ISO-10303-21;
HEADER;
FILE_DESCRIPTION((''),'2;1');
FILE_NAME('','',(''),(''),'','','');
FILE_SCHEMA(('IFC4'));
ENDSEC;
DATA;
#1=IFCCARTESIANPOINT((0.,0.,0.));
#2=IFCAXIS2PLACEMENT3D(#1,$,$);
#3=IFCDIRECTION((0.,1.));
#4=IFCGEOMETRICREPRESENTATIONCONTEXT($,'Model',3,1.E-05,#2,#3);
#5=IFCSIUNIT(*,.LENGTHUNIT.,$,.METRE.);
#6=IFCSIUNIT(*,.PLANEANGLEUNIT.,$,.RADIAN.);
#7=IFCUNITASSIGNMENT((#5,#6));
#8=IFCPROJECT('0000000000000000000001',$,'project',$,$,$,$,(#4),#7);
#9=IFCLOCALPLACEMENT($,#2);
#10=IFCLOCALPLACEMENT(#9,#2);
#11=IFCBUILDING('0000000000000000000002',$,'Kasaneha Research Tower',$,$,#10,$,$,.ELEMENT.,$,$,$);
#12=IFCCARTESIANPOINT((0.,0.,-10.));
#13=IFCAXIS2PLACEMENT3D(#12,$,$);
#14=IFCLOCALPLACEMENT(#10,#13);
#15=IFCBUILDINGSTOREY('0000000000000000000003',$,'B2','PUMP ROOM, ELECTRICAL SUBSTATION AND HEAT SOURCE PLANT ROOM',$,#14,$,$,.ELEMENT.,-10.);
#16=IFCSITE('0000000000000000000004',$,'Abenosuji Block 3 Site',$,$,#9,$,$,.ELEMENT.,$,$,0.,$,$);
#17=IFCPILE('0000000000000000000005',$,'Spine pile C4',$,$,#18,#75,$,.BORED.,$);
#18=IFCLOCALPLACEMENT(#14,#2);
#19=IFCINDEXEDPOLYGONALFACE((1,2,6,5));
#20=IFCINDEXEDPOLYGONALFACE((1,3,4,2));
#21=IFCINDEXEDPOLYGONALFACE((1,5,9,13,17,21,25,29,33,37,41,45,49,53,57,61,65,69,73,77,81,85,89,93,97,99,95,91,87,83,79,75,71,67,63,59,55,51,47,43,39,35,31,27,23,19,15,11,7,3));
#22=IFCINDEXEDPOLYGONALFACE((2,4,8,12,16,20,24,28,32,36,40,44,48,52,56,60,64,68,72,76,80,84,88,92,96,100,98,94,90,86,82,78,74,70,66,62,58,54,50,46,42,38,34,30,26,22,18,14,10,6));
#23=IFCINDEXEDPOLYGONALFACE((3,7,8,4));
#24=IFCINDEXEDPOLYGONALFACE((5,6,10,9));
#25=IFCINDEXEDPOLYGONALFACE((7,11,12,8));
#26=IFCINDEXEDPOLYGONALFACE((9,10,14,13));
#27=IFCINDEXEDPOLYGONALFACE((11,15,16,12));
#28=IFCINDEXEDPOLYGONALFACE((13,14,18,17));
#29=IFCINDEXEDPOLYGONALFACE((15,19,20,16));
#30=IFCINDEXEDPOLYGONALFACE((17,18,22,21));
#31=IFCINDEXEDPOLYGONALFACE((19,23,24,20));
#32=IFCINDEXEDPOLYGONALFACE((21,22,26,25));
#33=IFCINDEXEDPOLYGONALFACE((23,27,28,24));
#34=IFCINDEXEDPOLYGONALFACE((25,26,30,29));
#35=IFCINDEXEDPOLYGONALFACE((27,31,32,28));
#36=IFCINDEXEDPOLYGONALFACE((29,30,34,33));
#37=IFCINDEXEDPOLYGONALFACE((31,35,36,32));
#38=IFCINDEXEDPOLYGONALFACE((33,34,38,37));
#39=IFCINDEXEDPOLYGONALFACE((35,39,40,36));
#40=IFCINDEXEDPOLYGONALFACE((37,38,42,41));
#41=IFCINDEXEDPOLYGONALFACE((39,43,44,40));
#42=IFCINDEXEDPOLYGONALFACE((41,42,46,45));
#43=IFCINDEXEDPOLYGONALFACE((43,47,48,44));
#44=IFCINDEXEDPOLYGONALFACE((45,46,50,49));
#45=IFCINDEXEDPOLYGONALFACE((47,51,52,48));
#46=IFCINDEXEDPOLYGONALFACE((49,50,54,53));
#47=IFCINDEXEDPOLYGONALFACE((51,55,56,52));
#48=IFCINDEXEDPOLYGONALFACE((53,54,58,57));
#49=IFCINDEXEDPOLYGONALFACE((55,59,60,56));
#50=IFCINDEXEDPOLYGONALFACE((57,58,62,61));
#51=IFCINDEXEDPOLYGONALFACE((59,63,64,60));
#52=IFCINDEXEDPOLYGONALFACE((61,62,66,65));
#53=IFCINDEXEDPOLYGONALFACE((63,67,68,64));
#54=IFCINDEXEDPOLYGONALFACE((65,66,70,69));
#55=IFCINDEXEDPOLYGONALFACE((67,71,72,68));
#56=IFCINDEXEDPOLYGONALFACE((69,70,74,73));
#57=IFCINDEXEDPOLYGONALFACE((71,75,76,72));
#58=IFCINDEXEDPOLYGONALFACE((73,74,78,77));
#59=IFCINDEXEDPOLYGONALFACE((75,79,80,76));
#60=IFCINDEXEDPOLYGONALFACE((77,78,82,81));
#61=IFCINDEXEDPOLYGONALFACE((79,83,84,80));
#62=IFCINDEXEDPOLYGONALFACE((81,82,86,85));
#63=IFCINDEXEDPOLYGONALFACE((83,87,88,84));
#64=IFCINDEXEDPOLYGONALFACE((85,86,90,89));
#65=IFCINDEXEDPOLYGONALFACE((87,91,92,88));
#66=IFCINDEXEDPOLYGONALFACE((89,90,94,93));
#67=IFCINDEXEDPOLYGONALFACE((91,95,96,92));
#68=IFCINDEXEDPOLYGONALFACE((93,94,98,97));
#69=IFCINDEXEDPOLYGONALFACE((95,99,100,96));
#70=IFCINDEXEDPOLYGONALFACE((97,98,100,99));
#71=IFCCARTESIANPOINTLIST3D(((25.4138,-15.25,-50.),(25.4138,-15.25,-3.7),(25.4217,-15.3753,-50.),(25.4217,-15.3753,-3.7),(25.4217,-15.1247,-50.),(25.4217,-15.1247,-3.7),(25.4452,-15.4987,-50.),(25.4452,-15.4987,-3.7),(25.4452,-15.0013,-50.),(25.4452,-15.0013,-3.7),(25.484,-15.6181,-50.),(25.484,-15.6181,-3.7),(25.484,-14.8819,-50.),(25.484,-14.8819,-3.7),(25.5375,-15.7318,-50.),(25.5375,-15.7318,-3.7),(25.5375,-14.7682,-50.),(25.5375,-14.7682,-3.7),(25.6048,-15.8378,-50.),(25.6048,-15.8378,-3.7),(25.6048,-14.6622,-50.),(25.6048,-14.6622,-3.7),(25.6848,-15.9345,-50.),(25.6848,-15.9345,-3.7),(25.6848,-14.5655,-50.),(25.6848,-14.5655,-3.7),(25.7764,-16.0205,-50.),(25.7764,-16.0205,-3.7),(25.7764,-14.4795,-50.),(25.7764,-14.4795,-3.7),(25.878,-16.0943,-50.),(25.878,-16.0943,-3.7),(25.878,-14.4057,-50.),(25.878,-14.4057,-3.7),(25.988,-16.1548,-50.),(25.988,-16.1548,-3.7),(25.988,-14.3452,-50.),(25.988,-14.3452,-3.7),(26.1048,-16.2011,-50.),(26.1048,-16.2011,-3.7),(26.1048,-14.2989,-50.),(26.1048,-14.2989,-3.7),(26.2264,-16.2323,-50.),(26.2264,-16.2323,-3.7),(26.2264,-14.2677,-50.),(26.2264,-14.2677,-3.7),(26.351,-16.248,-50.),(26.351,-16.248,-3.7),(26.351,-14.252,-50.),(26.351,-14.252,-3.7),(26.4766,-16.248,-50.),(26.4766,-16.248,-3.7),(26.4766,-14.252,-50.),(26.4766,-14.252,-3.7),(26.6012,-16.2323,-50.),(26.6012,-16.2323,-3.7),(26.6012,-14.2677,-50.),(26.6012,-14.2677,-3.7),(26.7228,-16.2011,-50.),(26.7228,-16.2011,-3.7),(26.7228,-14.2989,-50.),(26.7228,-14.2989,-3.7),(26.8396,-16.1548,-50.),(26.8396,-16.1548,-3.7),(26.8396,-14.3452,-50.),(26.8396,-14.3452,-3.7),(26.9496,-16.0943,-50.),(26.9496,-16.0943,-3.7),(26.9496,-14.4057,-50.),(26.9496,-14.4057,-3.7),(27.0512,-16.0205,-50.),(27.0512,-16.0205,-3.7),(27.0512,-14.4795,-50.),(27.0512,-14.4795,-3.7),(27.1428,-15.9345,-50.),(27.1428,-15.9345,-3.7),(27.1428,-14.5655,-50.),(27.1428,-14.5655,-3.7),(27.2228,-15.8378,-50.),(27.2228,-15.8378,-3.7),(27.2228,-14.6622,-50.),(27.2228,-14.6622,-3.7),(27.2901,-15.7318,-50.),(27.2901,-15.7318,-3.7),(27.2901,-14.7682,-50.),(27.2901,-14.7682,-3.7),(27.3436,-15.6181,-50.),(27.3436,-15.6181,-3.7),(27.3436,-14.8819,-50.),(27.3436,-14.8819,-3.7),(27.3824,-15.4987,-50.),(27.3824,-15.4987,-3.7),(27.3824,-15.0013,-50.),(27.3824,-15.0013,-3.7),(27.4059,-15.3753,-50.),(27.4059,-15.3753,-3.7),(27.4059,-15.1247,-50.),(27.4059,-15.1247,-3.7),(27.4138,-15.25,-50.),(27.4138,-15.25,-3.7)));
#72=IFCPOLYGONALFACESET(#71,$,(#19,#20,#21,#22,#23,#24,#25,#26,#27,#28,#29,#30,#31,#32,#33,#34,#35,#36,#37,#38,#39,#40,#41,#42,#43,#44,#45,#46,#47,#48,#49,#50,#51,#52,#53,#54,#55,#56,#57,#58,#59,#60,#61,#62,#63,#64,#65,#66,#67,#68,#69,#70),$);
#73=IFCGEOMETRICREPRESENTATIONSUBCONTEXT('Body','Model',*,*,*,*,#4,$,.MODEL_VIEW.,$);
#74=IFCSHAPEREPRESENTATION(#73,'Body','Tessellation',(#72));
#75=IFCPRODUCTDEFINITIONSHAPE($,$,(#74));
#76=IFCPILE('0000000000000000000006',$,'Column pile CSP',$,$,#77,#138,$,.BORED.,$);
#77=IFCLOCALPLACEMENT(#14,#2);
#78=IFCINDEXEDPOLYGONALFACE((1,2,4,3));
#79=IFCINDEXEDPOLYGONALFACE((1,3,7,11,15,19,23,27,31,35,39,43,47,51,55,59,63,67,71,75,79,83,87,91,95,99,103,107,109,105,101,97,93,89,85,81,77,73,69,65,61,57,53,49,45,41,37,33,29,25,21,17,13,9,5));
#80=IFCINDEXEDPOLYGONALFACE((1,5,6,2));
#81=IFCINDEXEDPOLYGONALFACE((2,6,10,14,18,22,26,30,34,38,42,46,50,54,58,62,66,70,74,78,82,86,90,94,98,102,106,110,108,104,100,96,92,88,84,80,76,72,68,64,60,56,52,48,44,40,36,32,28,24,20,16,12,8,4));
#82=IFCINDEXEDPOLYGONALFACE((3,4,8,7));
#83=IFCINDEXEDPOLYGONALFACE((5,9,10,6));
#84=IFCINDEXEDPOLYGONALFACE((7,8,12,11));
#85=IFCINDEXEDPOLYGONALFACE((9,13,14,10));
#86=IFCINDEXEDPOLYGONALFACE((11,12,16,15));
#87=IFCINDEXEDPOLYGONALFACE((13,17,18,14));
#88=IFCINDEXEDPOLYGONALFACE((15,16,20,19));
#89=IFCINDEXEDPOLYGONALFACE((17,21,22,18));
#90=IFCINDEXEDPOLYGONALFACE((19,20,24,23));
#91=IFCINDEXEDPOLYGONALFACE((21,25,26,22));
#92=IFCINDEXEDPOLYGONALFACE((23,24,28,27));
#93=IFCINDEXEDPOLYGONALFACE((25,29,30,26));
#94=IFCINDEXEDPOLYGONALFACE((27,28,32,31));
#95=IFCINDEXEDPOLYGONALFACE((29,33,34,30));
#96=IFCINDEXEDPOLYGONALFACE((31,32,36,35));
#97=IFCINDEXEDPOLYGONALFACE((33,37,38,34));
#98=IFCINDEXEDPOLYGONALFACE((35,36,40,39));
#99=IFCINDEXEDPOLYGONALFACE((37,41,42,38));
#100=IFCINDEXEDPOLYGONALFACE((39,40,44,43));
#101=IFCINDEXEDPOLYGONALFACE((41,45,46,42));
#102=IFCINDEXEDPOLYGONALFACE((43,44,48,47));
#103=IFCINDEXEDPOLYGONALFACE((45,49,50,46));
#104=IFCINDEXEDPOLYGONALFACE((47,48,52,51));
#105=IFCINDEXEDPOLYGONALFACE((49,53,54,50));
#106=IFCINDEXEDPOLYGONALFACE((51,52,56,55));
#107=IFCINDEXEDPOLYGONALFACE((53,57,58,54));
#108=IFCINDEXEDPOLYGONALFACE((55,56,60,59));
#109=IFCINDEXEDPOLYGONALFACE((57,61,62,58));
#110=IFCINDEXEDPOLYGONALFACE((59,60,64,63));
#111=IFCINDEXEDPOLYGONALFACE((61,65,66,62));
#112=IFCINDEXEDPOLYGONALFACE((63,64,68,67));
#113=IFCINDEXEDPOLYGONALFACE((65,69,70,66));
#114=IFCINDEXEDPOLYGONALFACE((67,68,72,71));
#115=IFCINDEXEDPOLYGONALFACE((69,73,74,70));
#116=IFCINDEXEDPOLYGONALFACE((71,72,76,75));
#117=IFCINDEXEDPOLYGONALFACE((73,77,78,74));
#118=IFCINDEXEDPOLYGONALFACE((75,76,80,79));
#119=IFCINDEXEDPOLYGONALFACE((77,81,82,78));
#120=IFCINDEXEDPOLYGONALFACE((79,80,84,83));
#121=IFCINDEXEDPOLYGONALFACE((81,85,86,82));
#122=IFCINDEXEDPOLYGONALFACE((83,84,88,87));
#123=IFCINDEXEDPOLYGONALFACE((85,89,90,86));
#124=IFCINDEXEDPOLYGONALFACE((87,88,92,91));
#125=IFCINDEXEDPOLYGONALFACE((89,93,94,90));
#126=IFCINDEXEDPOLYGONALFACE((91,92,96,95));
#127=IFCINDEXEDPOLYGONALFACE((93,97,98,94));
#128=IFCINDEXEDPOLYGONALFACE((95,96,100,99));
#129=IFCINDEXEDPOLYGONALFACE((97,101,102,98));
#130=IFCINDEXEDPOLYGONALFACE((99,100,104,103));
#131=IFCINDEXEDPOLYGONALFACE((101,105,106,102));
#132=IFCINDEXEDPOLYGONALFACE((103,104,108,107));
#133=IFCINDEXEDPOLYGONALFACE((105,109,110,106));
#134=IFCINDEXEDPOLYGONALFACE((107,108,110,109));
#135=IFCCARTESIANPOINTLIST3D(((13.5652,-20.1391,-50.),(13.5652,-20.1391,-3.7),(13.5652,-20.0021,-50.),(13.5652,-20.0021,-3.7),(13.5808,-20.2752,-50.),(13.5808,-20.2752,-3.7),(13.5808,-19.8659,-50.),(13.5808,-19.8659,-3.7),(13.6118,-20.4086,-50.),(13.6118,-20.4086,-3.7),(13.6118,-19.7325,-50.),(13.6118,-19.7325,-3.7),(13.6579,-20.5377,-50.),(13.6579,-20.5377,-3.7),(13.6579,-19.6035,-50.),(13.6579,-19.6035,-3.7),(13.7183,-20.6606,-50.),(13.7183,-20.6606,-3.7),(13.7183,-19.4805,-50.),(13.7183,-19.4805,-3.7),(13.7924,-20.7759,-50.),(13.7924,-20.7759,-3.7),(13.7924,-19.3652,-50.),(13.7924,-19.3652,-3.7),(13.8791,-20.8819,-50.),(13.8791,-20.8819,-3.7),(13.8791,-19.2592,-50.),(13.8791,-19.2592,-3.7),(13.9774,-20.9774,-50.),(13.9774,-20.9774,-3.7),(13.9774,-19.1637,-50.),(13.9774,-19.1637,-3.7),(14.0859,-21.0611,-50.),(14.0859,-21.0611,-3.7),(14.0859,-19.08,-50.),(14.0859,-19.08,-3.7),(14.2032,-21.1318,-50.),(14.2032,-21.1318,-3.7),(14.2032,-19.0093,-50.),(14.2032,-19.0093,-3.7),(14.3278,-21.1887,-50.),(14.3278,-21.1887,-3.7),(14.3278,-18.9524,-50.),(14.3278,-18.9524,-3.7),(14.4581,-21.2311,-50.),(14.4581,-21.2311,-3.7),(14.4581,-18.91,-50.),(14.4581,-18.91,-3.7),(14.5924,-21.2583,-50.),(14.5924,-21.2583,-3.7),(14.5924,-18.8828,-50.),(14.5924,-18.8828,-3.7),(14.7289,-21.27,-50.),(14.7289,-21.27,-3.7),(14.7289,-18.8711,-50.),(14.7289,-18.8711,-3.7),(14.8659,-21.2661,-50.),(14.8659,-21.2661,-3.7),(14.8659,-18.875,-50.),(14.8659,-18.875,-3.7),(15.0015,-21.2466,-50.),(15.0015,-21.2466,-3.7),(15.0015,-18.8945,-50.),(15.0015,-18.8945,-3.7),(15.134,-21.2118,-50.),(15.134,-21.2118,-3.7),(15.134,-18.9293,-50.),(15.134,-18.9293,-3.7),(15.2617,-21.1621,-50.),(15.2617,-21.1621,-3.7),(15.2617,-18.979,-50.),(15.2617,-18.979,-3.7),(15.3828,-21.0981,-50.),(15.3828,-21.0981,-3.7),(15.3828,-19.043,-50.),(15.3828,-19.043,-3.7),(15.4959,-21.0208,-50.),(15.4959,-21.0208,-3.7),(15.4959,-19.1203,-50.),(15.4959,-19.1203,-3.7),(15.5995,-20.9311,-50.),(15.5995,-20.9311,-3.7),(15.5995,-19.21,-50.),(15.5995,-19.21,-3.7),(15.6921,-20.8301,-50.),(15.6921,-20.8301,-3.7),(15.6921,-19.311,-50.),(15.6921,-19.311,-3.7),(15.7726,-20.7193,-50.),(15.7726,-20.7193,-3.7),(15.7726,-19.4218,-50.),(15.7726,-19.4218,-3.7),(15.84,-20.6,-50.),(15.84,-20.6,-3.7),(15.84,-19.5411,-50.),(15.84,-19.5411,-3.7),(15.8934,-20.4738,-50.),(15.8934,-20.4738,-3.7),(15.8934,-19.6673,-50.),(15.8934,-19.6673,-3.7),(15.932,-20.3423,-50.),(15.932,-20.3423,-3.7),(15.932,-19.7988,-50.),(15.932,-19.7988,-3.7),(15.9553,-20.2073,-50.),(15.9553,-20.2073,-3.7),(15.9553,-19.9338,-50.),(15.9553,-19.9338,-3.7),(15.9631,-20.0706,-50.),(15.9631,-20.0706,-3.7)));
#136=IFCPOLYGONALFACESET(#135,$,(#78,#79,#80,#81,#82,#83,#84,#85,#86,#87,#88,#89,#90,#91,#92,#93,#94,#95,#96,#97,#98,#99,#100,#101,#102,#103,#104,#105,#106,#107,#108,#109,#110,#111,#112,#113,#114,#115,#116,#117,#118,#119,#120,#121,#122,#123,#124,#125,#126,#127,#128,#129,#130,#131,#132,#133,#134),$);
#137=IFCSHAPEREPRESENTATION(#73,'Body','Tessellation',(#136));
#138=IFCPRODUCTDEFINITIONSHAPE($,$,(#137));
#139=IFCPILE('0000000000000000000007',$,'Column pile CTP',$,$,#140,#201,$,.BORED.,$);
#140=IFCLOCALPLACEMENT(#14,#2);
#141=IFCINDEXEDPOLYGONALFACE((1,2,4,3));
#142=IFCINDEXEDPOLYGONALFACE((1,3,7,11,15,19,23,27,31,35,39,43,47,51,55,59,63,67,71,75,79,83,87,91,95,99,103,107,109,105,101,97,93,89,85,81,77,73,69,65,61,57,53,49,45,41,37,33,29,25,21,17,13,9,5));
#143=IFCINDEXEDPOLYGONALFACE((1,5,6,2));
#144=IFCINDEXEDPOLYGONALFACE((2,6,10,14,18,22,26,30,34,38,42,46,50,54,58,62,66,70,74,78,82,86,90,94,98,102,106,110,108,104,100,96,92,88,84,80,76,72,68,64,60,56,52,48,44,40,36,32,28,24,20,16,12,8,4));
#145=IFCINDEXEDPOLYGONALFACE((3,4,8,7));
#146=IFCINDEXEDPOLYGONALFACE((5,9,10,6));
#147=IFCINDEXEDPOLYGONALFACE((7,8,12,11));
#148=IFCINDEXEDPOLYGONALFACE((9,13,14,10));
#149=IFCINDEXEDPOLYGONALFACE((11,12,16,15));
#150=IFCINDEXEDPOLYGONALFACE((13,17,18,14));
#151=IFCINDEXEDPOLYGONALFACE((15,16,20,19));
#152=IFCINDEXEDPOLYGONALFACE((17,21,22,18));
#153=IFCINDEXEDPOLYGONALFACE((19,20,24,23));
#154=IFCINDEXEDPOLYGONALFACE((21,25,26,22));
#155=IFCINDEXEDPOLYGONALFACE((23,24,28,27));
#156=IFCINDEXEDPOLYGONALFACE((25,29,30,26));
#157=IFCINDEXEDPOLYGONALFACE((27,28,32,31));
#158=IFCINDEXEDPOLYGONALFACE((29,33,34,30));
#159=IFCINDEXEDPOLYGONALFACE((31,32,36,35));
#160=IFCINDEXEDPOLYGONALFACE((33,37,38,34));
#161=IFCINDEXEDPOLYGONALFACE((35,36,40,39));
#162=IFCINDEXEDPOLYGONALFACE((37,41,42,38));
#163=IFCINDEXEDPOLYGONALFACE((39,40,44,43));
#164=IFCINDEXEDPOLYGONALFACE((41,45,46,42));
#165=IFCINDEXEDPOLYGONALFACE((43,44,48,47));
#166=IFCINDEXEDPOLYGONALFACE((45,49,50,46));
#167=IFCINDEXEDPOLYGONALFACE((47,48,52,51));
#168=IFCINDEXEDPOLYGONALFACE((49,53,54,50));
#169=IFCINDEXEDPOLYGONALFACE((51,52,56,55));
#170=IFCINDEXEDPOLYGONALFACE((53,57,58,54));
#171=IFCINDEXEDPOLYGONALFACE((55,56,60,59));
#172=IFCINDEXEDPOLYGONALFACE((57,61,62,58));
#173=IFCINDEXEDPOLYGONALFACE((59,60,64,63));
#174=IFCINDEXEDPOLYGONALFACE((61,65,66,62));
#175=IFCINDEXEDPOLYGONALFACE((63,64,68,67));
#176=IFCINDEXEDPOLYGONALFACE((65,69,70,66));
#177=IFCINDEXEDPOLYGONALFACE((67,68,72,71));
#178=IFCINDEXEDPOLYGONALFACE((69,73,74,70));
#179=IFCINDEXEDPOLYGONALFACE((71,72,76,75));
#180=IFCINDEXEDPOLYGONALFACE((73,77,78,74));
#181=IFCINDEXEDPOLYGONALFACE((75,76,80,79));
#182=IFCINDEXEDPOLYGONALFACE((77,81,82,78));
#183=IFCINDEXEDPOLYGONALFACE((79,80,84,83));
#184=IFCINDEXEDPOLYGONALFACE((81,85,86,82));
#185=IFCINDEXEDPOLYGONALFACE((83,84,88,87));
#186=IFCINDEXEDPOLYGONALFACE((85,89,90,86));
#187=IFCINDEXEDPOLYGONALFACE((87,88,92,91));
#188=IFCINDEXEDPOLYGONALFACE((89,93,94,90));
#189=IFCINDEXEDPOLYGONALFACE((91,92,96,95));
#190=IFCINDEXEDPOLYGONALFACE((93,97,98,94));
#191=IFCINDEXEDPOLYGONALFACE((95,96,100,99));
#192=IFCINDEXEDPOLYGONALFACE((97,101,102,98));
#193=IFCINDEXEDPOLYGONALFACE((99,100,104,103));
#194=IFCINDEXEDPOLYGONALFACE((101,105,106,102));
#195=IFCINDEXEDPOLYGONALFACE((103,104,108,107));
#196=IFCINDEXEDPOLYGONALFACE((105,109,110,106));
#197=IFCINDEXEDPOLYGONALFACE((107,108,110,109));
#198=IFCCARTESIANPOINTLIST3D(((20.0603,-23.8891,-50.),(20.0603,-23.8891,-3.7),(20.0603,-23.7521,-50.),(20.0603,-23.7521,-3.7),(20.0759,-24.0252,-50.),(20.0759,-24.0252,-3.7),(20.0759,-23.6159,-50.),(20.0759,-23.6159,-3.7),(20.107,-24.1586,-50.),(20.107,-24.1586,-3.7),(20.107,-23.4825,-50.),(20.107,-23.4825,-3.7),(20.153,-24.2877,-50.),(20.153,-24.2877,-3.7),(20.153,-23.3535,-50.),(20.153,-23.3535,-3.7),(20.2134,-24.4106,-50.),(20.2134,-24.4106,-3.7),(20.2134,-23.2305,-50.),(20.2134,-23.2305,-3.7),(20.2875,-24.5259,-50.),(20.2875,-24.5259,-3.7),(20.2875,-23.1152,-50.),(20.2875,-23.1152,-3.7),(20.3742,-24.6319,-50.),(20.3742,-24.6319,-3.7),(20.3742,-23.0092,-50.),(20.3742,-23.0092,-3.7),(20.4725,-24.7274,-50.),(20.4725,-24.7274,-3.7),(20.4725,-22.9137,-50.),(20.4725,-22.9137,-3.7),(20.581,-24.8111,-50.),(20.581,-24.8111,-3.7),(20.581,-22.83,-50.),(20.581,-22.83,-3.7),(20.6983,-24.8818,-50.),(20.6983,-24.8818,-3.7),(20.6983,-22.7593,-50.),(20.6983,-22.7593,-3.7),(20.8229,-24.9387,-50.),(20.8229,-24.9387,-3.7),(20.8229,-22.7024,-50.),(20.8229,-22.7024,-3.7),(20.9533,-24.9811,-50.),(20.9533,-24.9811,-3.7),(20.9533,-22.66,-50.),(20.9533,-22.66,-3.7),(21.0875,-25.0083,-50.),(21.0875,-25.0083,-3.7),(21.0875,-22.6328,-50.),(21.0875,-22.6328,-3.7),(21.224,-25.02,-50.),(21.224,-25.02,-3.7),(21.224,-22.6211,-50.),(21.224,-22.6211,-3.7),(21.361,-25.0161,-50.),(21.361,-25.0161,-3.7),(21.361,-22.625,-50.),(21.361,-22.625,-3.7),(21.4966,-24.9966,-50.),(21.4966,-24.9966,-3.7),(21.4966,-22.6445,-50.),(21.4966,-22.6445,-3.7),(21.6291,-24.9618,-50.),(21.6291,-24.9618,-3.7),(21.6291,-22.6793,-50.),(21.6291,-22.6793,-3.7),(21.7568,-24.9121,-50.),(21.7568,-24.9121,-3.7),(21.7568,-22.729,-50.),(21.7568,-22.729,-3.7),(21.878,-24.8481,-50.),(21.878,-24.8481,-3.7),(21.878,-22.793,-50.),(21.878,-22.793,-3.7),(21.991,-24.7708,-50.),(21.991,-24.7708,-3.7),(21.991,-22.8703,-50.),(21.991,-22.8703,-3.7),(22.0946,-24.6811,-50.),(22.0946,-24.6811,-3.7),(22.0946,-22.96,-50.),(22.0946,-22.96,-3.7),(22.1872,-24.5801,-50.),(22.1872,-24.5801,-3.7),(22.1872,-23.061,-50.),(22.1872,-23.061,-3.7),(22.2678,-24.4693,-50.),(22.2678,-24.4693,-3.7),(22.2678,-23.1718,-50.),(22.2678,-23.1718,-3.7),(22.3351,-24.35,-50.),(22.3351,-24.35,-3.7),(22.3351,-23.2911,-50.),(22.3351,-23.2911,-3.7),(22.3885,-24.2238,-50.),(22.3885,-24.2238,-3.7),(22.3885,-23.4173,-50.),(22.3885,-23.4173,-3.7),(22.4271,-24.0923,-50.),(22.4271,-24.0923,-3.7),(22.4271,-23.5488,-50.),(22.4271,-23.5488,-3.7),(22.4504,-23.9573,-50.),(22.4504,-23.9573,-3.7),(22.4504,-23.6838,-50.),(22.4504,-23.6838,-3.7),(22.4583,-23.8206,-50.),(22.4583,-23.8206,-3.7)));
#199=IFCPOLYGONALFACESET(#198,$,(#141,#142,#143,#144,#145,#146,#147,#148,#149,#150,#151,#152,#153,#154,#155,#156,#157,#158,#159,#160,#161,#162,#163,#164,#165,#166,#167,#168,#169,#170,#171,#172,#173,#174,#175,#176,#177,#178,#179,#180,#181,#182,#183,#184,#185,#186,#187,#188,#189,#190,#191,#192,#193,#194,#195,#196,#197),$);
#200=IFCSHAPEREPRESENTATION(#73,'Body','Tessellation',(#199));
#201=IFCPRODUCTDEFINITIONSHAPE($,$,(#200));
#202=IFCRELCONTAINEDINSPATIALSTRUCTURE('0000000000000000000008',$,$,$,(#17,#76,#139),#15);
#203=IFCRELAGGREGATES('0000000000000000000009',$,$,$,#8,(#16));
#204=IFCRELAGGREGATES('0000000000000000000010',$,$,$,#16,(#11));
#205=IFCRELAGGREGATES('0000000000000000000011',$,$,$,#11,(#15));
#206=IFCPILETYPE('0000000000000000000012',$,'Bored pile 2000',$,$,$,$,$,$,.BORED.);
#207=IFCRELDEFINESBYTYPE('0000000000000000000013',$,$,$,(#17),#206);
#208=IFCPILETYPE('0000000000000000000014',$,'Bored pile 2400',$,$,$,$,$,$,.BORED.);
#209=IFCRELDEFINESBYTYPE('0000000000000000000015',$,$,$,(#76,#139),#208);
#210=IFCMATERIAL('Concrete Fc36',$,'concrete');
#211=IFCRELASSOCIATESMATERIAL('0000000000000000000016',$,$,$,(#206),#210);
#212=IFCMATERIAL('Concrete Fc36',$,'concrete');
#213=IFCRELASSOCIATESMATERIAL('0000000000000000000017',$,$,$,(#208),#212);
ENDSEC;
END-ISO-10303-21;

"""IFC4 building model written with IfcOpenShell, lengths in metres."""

from ifc_helpers import new_model, si_unit, direction, frame, origin, origin_2d, place, context, subcontext, project, spatial, circle, extrude, material, material_profile, profile_set, type_object, element, save


model = new_model("IFC4")

# Units and contexts
model_context = context("Model", 3, precision=1e-05, world=origin(), true_north=direction((0.0, 1.0)))
body_context = subcontext(model_context, "Body", "Model", "MODEL_VIEW")
ifc_project = project(units=[si_unit("LENGTHUNIT", "METRE"), si_unit("PLANEANGLEUNIT", "RADIAN")], contexts=[model_context])

# Site, building, storey
site_placement = place(None, origin())
site = spatial("IfcSite", under=ifc_project, at=site_placement, Name="Abenosuji Block 3 Site", CompositionType="ELEMENT", RefElevation=0.0)
building_placement = place(site_placement, origin())
building = spatial("IfcBuilding", under=site, at=building_placement, Name="Kasaneha Research Tower", CompositionType="ELEMENT")
storey_placement = place(building_placement, frame((0.0, 0.0, -10.0)))
storey = spatial("IfcBuildingStorey", under=building, at=storey_placement, Name="B2", Description="PUMP ROOM, ELECTRICAL SUBSTATION AND HEAT SOURCE PLANT ROOM", CompositionType="ELEMENT", Elevation=-10.0)

# Piles
ifc_material_1 = material(Name="Concrete Fc36", Category="concrete")
ifc_material_profile_1 = material_profile(ifc_material_1, circle(Radius=1.0, at=origin_2d()), Name="Bored pile 2000")
ifc_profile_set_1 = profile_set([ifc_material_profile_1], Name="Concrete Fc36")
pile_type_1 = type_object("IfcPileType", Name="Bored pile 2000", PredefinedType="BORED", material=ifc_profile_set_1)
for number, where, z_axis, x_axis, name in (
    (1, (26.4138, -15.25, -3.7), (0.0, 0.0, -1.0), (1.0, 0.0, 0.0), "Spine pile C4"),
):
    element("IfcPile", number, at=place(storey_placement, frame(where, z_axis=z_axis, x_axis=x_axis)), inside=storey, type_object=pile_type_1, Name=name, PredefinedType="BORED", context=body_context, shape_type="SweptSolid", body=[
        extrude(circle(Radius=1.0, at=origin_2d()), origin(), (0.0, 0.0, 1.0), 46.3),
    ])
ifc_material_2 = material(Name="Concrete Fc36", Category="concrete")
ifc_material_profile_2 = material_profile(ifc_material_2, circle(Radius=1.2, at=origin_2d()), Name="Bored pile 2400")
ifc_profile_set_2 = profile_set([ifc_material_profile_2], Name="Concrete Fc36")
pile_type_2 = type_object("IfcPileType", Name="Bored pile 2400", PredefinedType="BORED", material=ifc_profile_set_2)
for number, where, z_axis, x_axis, name in (
    (2, (14.7632, -20.0706, -3.7), (0.0, 0.0, -1.0), (1.0, 0.0, 0.0), "Column pile CSP"),
    (3, (21.2583, -23.8206, -3.7), (0.0, 0.0, -1.0), (1.0, 0.0, 0.0), "Column pile CTP"),
):
    element("IfcPile", number, at=place(storey_placement, frame(where, z_axis=z_axis, x_axis=x_axis)), inside=storey, type_object=pile_type_2, Name=name, PredefinedType="BORED", context=body_context, shape_type="SweptSolid", body=[
        extrude(circle(Radius=1.2, at=origin_2d()), origin(), (0.0, 0.0, 1.0), 46.3),
    ])

save(model, "model.ifc")
